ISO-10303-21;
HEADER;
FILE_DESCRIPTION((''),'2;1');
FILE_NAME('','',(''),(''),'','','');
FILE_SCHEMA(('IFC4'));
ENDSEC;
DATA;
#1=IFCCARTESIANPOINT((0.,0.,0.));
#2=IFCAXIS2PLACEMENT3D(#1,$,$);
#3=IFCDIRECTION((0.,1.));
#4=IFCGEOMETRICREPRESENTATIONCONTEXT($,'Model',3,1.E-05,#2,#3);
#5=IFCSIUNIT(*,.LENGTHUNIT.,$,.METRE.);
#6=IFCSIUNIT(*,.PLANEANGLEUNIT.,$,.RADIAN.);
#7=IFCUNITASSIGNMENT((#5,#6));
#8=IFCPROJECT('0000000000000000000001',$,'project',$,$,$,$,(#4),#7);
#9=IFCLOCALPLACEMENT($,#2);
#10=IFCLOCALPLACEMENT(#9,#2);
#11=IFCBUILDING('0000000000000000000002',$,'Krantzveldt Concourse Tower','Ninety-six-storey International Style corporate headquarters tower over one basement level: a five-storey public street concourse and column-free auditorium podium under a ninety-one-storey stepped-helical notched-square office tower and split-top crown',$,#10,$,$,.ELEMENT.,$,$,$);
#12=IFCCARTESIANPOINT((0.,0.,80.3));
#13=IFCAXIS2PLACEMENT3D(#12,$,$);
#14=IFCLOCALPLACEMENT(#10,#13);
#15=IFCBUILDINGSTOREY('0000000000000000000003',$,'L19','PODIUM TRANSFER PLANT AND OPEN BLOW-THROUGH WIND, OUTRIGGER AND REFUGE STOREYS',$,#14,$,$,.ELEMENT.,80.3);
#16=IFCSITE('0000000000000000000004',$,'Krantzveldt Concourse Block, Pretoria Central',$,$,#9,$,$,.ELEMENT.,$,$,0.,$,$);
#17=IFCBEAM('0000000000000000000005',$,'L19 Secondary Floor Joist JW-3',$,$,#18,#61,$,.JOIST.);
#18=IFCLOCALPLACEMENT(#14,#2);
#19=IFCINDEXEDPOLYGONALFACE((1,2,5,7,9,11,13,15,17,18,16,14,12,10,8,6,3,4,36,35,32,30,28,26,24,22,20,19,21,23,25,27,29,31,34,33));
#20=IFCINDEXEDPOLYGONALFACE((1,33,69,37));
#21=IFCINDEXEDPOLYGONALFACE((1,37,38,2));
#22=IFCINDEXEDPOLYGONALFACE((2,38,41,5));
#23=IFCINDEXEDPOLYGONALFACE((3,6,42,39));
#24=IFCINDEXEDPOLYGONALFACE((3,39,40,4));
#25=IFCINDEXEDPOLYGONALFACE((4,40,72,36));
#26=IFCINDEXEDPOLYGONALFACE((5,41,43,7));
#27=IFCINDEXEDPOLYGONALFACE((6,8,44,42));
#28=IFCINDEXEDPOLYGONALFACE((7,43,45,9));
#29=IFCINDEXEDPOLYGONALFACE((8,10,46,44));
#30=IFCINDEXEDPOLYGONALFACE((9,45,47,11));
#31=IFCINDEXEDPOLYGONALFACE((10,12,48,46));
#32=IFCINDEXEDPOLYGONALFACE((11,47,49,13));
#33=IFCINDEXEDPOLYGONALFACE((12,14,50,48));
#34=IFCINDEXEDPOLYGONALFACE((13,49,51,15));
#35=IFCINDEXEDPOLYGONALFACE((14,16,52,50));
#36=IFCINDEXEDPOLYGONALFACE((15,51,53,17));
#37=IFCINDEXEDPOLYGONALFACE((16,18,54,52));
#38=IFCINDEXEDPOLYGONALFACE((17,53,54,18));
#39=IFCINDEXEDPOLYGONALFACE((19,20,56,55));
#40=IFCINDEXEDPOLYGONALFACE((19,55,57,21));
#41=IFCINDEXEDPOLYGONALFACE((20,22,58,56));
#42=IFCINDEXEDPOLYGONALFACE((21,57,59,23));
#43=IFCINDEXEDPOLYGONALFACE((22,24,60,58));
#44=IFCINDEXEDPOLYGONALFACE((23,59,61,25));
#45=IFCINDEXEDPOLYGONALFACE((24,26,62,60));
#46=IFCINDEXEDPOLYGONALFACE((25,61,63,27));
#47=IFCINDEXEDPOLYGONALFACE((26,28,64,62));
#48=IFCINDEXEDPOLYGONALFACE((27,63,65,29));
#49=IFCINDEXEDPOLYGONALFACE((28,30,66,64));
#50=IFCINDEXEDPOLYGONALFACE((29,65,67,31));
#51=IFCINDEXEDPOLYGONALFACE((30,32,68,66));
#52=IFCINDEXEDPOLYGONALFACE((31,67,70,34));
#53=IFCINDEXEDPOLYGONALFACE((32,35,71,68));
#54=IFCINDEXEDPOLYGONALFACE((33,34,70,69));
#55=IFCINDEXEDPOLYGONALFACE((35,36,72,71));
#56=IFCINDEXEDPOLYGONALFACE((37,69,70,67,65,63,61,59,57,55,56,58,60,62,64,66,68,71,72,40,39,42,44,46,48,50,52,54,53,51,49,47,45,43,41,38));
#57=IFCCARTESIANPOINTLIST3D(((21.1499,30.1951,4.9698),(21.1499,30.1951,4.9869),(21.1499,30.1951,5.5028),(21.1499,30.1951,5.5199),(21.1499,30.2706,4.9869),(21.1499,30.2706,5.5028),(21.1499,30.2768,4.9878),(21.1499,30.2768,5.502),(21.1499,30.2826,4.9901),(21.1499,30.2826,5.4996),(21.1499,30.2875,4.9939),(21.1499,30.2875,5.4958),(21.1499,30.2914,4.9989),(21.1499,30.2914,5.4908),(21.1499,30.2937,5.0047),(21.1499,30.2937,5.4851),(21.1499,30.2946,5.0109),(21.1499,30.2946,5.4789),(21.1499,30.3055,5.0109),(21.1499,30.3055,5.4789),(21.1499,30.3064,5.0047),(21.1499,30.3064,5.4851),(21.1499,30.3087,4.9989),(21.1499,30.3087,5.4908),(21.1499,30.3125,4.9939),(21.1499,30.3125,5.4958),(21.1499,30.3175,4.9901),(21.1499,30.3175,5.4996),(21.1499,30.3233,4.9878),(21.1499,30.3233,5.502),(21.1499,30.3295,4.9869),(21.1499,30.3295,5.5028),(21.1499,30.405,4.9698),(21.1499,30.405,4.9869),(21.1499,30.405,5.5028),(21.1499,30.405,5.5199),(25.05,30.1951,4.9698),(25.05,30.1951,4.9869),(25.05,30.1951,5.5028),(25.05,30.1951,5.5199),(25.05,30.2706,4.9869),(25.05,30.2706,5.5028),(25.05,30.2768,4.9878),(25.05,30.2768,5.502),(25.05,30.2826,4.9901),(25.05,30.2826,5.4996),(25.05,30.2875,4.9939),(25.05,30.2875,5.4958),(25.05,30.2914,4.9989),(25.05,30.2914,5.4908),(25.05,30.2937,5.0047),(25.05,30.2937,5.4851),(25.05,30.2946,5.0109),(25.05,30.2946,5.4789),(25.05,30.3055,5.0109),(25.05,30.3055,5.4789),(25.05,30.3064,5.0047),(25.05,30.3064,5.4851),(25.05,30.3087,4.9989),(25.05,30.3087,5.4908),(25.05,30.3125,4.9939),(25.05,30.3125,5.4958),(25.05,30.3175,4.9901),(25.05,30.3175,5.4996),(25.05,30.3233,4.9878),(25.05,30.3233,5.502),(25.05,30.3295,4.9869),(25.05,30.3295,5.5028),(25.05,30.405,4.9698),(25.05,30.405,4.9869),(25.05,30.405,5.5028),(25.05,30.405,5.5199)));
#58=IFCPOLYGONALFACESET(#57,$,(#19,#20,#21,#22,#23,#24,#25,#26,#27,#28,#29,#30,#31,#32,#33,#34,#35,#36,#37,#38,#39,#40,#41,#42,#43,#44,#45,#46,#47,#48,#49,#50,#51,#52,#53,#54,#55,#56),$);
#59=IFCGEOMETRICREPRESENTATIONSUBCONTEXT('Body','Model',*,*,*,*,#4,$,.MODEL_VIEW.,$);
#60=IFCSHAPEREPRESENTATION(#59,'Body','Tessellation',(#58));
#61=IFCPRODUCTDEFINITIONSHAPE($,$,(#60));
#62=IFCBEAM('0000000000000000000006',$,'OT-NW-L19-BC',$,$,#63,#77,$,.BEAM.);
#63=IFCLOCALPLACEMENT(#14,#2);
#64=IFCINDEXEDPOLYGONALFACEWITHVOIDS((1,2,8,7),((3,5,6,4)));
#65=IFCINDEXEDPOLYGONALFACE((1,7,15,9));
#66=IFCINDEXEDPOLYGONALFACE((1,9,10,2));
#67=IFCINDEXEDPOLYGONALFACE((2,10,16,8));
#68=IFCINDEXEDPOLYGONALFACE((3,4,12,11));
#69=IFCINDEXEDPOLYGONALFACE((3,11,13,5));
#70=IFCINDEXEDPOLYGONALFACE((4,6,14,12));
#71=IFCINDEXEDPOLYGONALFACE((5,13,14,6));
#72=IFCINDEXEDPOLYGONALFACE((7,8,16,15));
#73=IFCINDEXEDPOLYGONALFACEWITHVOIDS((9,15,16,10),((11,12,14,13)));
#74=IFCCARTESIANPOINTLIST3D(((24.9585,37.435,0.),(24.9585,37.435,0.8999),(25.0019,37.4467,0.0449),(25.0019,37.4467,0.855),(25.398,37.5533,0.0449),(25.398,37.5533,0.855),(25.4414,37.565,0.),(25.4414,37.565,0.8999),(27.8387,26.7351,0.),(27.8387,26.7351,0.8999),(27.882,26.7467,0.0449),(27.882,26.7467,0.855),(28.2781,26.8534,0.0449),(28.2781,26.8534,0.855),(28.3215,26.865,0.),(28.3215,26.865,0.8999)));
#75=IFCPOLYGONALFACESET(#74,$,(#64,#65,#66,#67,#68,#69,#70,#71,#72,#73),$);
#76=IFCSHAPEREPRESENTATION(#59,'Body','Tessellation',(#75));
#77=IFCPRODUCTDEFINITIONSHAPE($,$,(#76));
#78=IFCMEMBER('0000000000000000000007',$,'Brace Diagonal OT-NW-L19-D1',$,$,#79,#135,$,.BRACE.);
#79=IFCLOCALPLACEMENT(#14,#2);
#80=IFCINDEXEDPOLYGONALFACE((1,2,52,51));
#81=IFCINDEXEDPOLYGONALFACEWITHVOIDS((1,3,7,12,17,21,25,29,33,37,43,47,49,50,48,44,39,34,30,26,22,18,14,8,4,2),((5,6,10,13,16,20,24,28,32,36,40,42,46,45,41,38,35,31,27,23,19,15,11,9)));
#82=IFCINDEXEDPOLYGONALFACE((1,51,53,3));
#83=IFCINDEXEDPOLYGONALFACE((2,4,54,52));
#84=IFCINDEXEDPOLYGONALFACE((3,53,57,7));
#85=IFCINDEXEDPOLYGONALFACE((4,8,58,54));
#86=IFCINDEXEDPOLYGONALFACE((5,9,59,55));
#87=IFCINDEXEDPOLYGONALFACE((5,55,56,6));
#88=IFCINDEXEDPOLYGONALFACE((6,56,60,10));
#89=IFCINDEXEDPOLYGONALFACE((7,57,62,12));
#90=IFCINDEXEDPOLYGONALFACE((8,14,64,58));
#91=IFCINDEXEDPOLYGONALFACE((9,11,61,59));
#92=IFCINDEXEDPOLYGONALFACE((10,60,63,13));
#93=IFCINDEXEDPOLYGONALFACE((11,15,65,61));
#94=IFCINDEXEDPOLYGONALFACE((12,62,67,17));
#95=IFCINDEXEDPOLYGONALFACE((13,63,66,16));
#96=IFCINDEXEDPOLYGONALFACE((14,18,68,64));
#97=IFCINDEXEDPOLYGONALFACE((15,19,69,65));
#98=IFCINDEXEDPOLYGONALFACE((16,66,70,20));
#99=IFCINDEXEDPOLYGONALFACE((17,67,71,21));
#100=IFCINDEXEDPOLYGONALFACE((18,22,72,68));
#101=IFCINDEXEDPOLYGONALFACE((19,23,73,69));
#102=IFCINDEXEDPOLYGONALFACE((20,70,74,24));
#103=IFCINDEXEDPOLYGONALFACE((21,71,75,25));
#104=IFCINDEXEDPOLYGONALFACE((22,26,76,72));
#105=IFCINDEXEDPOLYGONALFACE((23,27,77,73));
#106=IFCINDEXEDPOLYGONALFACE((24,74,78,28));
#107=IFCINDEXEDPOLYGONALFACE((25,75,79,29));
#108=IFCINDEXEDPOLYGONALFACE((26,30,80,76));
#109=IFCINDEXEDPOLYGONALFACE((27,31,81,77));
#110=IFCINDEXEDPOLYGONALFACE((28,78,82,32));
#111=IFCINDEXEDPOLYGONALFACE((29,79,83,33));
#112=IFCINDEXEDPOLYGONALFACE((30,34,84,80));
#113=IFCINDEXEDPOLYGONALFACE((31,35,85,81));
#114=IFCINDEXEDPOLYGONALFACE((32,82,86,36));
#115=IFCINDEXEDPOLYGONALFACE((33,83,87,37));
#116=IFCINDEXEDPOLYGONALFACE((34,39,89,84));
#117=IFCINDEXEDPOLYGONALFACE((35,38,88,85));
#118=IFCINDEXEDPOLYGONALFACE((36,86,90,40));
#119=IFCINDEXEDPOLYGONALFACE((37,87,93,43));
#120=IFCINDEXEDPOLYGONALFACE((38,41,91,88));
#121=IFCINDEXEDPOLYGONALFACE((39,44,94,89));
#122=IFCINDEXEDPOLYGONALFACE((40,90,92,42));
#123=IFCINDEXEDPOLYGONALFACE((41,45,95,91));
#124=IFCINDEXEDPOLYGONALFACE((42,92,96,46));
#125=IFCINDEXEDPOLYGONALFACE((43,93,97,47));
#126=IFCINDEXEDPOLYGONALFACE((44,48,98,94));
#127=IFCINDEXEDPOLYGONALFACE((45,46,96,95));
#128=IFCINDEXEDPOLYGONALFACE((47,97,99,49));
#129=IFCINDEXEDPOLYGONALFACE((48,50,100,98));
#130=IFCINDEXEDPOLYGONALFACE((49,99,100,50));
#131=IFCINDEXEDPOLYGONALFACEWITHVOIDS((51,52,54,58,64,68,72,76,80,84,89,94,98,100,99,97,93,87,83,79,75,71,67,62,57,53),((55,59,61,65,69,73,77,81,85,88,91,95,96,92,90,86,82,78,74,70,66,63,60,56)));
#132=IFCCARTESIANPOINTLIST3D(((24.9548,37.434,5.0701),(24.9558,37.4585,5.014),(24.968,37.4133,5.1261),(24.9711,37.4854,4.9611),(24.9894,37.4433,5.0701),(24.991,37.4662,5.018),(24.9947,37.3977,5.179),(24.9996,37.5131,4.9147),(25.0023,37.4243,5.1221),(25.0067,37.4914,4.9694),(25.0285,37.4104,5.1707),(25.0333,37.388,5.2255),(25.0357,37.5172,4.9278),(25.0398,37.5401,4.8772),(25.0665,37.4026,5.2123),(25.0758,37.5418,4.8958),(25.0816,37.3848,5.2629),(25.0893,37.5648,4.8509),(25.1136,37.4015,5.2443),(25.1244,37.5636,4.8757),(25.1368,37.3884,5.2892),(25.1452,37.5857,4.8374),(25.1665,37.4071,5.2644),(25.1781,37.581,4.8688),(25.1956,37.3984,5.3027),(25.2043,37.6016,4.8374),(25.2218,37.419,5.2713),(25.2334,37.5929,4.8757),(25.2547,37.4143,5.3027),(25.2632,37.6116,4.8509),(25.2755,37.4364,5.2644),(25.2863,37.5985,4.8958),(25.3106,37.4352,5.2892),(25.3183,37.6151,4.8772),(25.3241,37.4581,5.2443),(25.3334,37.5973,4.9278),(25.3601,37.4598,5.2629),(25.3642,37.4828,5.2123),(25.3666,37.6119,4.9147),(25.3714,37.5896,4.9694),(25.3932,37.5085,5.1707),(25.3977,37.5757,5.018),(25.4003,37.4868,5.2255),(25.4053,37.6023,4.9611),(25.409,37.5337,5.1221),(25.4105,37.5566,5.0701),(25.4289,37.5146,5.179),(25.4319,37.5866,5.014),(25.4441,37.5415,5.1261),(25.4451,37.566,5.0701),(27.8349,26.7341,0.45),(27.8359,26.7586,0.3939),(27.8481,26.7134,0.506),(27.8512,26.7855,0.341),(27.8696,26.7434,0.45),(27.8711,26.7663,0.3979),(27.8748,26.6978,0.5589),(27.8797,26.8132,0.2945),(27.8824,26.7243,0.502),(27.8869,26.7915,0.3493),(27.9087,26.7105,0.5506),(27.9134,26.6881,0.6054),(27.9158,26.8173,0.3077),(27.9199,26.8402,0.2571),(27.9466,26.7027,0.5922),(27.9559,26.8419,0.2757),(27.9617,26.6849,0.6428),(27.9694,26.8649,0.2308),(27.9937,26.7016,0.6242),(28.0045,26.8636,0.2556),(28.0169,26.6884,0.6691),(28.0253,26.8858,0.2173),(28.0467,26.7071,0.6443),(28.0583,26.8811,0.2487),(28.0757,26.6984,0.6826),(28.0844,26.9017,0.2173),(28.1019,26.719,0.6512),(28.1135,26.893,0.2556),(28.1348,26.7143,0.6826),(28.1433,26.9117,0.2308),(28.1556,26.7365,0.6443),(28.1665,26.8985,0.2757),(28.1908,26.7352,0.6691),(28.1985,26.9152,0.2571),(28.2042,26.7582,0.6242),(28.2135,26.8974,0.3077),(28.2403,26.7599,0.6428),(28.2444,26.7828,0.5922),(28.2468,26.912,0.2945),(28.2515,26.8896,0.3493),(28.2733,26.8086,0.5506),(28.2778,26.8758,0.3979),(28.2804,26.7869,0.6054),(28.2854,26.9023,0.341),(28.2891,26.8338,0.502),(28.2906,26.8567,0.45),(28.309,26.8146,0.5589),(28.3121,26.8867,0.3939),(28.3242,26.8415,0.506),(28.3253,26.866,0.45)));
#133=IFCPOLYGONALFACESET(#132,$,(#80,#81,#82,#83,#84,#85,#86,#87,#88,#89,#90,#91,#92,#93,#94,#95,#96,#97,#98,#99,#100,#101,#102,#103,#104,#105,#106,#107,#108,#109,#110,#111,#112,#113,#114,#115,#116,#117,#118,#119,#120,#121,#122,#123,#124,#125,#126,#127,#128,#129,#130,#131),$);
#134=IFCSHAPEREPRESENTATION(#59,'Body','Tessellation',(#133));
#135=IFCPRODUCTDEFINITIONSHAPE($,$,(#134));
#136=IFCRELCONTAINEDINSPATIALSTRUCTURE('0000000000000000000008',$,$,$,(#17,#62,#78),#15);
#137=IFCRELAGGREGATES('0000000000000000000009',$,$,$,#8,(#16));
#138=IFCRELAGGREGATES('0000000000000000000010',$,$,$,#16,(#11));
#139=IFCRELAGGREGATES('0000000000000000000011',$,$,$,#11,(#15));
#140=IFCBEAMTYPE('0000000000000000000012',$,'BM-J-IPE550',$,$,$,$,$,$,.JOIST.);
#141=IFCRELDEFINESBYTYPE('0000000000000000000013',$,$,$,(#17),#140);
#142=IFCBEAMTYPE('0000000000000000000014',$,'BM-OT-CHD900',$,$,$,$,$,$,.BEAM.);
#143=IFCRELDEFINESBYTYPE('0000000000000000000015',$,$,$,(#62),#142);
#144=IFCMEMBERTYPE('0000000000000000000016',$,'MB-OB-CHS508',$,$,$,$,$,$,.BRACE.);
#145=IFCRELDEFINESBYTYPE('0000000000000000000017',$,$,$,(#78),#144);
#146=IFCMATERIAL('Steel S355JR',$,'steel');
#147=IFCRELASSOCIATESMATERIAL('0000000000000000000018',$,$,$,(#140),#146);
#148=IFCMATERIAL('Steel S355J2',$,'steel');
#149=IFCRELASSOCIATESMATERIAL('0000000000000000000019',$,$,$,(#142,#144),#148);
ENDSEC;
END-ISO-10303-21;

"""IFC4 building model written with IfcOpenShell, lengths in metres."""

from ifc_helpers import new_model, si_unit, direction, frame, origin, origin_2d, place, context, subcontext, project, spatial, hollow_rectangle, hollow_circle, i_section, extrude, source, transform, mapped, material, material_profile, profile_set, type_object, type_shapes, element, save


model = new_model("IFC4")

# Units and contexts
model_context = context("Model", 3, precision=1e-05, world=origin(), true_north=direction((0.0, 1.0)))
body_context = subcontext(model_context, "Body", "Model", "MODEL_VIEW")
ifc_project = project(units=[si_unit("LENGTHUNIT", "METRE"), si_unit("PLANEANGLEUNIT", "RADIAN")], contexts=[model_context])

# Site, building, storey
site_placement = place(None, origin())
site = spatial("IfcSite", under=ifc_project, at=site_placement, Name="Krantzveldt Concourse Block, Pretoria Central", CompositionType="ELEMENT", RefElevation=0.0)
building_placement = place(site_placement, origin())
building = spatial("IfcBuilding", under=site, at=building_placement, Name="Krantzveldt Concourse Tower", Description="Ninety-six-storey International Style corporate headquarters tower over one basement level: a five-storey public street concourse and column-free auditorium podium under a ninety-one-storey stepped-helical notched-square office tower and split-top crown", CompositionType="ELEMENT")
storey_placement = place(building_placement, frame((0.0, 0.0, 80.3)))
storey = spatial("IfcBuildingStorey", under=building, at=storey_placement, Name="L19", Description="PODIUM TRANSFER PLANT AND OPEN BLOW-THROUGH WIND, OUTRIGGER AND REFUGE STOREYS", CompositionType="ELEMENT", Elevation=80.3)

# Beams
ifc_material_1 = material(Name="Steel S355JR", Category="steel")
ifc_material_profile_1 = material_profile(ifc_material_1, i_section(OverallWidth=0.21, OverallDepth=0.55, WebThickness=0.011, FlangeThickness=0.0171, FilletRadius=0.0239, at=origin_2d()), Name="Steel S355JR", Category="steel")
ifc_profile_set_1 = profile_set([ifc_material_profile_1], Name="Steel S355JR - IPE 550")
beam_type_1 = type_object("IfcBeamType", Name="BM-J-IPE550", PredefinedType="JOIST", material=ifc_profile_set_1)
shared_shape_1 = source(origin(), body_context, "Body", "SweptSolid", [
    extrude(i_section(OverallWidth=0.21, OverallDepth=0.55, WebThickness=0.011, FlangeThickness=0.0171, FilletRadius=0.0239, at=origin_2d()), origin(), (0.0, 0.0, 1.0), 3.9001),
])
beam_1_placement = place(storey_placement, frame((21.1499, 30.3, 5.2449), z_axis=(1.0, 0.0, 0.0), x_axis=(0.0, 1.0, 0.0)))
element("IfcBeam", 1, at=beam_1_placement, inside=storey, type_object=beam_type_1, Name="L19 Secondary Floor Joist JW-3", PredefinedType="JOIST", context=body_context, shape_type="MappedRepresentation", body=[
    mapped(shared_shape_1, transform((0.0, 0.0, 0.0), x_axis=(1.0, 0.0, 0.0), y_axis=(0.0, 1.0, 0.0), z_axis=(0.0, 0.0, 1.0), scale=1.0)),
])
ifc_material_2 = material(Name="Steel S355J2", Category="steel")
ifc_material_profile_2 = material_profile(ifc_material_2, hollow_rectangle(XDim=0.5, YDim=0.8999, WallThickness=0.0449, at=origin_2d()), Name="Steel S355J2", Category="steel")
ifc_profile_set_2 = profile_set([ifc_material_profile_2], Name="Steel S355J2 - RHS 900x500x45")
beam_type_2 = type_object("IfcBeamType", Name="BM-OT-CHD900", PredefinedType="BEAM", material=ifc_profile_set_2)
shared_shape_2 = source(origin(), body_context, "Body", "SweptSolid", [
    extrude(hollow_rectangle(XDim=0.5, YDim=0.8999, WallThickness=0.0449, at=origin_2d()), origin(), (0.0, 0.0, 1.0), 11.0808),
])
type_shapes(beam_type_2, [shared_shape_2])
beam_2_placement = place(storey_placement, frame((28.0801, 26.8, 0.45), z_axis=(-0.259921, 0.96563, 0.0), x_axis=(-0.96563, -0.259921, 0.0)))
element("IfcBeam", 2, at=beam_2_placement, inside=storey, type_object=beam_type_2, Name="OT-NW-L19-BC", PredefinedType="BEAM", context=body_context, shape_type="MappedRepresentation", body=[
    mapped(shared_shape_2, transform((0.0, 0.0, 0.0), x_axis=(1.0, 0.0, 0.0), y_axis=(0.0, 1.0, 0.0), z_axis=(0.0, 0.0, 1.0), scale=1.0)),
])

# Member
ifc_material_profile_3 = material_profile(ifc_material_2, hollow_circle(Radius=0.2539, WallThickness=0.0359, at=origin_2d()), Name="Steel S355J2", Category="steel")
ifc_profile_set_3 = profile_set([ifc_material_profile_3], Name="Steel S355J2 - CHS 508x36")
member_type_1 = type_object("IfcMemberType", Name="MB-OB-CHS508", PredefinedType="BRACE", material=ifc_profile_set_3)
shared_shape_3 = source(origin(), body_context, "Body", "SweptSolid", [
    extrude(hollow_circle(Radius=0.2539, WallThickness=0.0359, at=origin_2d()), origin(), (0.0, 0.0, 1.0), 12.0054),
])
member_1_placement = place(storey_placement, frame((28.0801, 26.8, 0.45), z_axis=(-0.239903, 0.891262, 0.384837), x_axis=(-0.96563, -0.259921, 0.0)))
element("IfcMember", 3, at=member_1_placement, inside=storey, type_object=member_type_1, Name="Brace Diagonal OT-NW-L19-D1", PredefinedType="BRACE", context=body_context, shape_type="MappedRepresentation", body=[
    mapped(shared_shape_3, transform((0.0, 0.0, 0.0), x_axis=(1.0, 0.0, 0.0), y_axis=(0.0, 1.0, 0.0), z_axis=(0.0, 0.0, 1.0), scale=1.0)),
])

save(model, "model.ifc")
